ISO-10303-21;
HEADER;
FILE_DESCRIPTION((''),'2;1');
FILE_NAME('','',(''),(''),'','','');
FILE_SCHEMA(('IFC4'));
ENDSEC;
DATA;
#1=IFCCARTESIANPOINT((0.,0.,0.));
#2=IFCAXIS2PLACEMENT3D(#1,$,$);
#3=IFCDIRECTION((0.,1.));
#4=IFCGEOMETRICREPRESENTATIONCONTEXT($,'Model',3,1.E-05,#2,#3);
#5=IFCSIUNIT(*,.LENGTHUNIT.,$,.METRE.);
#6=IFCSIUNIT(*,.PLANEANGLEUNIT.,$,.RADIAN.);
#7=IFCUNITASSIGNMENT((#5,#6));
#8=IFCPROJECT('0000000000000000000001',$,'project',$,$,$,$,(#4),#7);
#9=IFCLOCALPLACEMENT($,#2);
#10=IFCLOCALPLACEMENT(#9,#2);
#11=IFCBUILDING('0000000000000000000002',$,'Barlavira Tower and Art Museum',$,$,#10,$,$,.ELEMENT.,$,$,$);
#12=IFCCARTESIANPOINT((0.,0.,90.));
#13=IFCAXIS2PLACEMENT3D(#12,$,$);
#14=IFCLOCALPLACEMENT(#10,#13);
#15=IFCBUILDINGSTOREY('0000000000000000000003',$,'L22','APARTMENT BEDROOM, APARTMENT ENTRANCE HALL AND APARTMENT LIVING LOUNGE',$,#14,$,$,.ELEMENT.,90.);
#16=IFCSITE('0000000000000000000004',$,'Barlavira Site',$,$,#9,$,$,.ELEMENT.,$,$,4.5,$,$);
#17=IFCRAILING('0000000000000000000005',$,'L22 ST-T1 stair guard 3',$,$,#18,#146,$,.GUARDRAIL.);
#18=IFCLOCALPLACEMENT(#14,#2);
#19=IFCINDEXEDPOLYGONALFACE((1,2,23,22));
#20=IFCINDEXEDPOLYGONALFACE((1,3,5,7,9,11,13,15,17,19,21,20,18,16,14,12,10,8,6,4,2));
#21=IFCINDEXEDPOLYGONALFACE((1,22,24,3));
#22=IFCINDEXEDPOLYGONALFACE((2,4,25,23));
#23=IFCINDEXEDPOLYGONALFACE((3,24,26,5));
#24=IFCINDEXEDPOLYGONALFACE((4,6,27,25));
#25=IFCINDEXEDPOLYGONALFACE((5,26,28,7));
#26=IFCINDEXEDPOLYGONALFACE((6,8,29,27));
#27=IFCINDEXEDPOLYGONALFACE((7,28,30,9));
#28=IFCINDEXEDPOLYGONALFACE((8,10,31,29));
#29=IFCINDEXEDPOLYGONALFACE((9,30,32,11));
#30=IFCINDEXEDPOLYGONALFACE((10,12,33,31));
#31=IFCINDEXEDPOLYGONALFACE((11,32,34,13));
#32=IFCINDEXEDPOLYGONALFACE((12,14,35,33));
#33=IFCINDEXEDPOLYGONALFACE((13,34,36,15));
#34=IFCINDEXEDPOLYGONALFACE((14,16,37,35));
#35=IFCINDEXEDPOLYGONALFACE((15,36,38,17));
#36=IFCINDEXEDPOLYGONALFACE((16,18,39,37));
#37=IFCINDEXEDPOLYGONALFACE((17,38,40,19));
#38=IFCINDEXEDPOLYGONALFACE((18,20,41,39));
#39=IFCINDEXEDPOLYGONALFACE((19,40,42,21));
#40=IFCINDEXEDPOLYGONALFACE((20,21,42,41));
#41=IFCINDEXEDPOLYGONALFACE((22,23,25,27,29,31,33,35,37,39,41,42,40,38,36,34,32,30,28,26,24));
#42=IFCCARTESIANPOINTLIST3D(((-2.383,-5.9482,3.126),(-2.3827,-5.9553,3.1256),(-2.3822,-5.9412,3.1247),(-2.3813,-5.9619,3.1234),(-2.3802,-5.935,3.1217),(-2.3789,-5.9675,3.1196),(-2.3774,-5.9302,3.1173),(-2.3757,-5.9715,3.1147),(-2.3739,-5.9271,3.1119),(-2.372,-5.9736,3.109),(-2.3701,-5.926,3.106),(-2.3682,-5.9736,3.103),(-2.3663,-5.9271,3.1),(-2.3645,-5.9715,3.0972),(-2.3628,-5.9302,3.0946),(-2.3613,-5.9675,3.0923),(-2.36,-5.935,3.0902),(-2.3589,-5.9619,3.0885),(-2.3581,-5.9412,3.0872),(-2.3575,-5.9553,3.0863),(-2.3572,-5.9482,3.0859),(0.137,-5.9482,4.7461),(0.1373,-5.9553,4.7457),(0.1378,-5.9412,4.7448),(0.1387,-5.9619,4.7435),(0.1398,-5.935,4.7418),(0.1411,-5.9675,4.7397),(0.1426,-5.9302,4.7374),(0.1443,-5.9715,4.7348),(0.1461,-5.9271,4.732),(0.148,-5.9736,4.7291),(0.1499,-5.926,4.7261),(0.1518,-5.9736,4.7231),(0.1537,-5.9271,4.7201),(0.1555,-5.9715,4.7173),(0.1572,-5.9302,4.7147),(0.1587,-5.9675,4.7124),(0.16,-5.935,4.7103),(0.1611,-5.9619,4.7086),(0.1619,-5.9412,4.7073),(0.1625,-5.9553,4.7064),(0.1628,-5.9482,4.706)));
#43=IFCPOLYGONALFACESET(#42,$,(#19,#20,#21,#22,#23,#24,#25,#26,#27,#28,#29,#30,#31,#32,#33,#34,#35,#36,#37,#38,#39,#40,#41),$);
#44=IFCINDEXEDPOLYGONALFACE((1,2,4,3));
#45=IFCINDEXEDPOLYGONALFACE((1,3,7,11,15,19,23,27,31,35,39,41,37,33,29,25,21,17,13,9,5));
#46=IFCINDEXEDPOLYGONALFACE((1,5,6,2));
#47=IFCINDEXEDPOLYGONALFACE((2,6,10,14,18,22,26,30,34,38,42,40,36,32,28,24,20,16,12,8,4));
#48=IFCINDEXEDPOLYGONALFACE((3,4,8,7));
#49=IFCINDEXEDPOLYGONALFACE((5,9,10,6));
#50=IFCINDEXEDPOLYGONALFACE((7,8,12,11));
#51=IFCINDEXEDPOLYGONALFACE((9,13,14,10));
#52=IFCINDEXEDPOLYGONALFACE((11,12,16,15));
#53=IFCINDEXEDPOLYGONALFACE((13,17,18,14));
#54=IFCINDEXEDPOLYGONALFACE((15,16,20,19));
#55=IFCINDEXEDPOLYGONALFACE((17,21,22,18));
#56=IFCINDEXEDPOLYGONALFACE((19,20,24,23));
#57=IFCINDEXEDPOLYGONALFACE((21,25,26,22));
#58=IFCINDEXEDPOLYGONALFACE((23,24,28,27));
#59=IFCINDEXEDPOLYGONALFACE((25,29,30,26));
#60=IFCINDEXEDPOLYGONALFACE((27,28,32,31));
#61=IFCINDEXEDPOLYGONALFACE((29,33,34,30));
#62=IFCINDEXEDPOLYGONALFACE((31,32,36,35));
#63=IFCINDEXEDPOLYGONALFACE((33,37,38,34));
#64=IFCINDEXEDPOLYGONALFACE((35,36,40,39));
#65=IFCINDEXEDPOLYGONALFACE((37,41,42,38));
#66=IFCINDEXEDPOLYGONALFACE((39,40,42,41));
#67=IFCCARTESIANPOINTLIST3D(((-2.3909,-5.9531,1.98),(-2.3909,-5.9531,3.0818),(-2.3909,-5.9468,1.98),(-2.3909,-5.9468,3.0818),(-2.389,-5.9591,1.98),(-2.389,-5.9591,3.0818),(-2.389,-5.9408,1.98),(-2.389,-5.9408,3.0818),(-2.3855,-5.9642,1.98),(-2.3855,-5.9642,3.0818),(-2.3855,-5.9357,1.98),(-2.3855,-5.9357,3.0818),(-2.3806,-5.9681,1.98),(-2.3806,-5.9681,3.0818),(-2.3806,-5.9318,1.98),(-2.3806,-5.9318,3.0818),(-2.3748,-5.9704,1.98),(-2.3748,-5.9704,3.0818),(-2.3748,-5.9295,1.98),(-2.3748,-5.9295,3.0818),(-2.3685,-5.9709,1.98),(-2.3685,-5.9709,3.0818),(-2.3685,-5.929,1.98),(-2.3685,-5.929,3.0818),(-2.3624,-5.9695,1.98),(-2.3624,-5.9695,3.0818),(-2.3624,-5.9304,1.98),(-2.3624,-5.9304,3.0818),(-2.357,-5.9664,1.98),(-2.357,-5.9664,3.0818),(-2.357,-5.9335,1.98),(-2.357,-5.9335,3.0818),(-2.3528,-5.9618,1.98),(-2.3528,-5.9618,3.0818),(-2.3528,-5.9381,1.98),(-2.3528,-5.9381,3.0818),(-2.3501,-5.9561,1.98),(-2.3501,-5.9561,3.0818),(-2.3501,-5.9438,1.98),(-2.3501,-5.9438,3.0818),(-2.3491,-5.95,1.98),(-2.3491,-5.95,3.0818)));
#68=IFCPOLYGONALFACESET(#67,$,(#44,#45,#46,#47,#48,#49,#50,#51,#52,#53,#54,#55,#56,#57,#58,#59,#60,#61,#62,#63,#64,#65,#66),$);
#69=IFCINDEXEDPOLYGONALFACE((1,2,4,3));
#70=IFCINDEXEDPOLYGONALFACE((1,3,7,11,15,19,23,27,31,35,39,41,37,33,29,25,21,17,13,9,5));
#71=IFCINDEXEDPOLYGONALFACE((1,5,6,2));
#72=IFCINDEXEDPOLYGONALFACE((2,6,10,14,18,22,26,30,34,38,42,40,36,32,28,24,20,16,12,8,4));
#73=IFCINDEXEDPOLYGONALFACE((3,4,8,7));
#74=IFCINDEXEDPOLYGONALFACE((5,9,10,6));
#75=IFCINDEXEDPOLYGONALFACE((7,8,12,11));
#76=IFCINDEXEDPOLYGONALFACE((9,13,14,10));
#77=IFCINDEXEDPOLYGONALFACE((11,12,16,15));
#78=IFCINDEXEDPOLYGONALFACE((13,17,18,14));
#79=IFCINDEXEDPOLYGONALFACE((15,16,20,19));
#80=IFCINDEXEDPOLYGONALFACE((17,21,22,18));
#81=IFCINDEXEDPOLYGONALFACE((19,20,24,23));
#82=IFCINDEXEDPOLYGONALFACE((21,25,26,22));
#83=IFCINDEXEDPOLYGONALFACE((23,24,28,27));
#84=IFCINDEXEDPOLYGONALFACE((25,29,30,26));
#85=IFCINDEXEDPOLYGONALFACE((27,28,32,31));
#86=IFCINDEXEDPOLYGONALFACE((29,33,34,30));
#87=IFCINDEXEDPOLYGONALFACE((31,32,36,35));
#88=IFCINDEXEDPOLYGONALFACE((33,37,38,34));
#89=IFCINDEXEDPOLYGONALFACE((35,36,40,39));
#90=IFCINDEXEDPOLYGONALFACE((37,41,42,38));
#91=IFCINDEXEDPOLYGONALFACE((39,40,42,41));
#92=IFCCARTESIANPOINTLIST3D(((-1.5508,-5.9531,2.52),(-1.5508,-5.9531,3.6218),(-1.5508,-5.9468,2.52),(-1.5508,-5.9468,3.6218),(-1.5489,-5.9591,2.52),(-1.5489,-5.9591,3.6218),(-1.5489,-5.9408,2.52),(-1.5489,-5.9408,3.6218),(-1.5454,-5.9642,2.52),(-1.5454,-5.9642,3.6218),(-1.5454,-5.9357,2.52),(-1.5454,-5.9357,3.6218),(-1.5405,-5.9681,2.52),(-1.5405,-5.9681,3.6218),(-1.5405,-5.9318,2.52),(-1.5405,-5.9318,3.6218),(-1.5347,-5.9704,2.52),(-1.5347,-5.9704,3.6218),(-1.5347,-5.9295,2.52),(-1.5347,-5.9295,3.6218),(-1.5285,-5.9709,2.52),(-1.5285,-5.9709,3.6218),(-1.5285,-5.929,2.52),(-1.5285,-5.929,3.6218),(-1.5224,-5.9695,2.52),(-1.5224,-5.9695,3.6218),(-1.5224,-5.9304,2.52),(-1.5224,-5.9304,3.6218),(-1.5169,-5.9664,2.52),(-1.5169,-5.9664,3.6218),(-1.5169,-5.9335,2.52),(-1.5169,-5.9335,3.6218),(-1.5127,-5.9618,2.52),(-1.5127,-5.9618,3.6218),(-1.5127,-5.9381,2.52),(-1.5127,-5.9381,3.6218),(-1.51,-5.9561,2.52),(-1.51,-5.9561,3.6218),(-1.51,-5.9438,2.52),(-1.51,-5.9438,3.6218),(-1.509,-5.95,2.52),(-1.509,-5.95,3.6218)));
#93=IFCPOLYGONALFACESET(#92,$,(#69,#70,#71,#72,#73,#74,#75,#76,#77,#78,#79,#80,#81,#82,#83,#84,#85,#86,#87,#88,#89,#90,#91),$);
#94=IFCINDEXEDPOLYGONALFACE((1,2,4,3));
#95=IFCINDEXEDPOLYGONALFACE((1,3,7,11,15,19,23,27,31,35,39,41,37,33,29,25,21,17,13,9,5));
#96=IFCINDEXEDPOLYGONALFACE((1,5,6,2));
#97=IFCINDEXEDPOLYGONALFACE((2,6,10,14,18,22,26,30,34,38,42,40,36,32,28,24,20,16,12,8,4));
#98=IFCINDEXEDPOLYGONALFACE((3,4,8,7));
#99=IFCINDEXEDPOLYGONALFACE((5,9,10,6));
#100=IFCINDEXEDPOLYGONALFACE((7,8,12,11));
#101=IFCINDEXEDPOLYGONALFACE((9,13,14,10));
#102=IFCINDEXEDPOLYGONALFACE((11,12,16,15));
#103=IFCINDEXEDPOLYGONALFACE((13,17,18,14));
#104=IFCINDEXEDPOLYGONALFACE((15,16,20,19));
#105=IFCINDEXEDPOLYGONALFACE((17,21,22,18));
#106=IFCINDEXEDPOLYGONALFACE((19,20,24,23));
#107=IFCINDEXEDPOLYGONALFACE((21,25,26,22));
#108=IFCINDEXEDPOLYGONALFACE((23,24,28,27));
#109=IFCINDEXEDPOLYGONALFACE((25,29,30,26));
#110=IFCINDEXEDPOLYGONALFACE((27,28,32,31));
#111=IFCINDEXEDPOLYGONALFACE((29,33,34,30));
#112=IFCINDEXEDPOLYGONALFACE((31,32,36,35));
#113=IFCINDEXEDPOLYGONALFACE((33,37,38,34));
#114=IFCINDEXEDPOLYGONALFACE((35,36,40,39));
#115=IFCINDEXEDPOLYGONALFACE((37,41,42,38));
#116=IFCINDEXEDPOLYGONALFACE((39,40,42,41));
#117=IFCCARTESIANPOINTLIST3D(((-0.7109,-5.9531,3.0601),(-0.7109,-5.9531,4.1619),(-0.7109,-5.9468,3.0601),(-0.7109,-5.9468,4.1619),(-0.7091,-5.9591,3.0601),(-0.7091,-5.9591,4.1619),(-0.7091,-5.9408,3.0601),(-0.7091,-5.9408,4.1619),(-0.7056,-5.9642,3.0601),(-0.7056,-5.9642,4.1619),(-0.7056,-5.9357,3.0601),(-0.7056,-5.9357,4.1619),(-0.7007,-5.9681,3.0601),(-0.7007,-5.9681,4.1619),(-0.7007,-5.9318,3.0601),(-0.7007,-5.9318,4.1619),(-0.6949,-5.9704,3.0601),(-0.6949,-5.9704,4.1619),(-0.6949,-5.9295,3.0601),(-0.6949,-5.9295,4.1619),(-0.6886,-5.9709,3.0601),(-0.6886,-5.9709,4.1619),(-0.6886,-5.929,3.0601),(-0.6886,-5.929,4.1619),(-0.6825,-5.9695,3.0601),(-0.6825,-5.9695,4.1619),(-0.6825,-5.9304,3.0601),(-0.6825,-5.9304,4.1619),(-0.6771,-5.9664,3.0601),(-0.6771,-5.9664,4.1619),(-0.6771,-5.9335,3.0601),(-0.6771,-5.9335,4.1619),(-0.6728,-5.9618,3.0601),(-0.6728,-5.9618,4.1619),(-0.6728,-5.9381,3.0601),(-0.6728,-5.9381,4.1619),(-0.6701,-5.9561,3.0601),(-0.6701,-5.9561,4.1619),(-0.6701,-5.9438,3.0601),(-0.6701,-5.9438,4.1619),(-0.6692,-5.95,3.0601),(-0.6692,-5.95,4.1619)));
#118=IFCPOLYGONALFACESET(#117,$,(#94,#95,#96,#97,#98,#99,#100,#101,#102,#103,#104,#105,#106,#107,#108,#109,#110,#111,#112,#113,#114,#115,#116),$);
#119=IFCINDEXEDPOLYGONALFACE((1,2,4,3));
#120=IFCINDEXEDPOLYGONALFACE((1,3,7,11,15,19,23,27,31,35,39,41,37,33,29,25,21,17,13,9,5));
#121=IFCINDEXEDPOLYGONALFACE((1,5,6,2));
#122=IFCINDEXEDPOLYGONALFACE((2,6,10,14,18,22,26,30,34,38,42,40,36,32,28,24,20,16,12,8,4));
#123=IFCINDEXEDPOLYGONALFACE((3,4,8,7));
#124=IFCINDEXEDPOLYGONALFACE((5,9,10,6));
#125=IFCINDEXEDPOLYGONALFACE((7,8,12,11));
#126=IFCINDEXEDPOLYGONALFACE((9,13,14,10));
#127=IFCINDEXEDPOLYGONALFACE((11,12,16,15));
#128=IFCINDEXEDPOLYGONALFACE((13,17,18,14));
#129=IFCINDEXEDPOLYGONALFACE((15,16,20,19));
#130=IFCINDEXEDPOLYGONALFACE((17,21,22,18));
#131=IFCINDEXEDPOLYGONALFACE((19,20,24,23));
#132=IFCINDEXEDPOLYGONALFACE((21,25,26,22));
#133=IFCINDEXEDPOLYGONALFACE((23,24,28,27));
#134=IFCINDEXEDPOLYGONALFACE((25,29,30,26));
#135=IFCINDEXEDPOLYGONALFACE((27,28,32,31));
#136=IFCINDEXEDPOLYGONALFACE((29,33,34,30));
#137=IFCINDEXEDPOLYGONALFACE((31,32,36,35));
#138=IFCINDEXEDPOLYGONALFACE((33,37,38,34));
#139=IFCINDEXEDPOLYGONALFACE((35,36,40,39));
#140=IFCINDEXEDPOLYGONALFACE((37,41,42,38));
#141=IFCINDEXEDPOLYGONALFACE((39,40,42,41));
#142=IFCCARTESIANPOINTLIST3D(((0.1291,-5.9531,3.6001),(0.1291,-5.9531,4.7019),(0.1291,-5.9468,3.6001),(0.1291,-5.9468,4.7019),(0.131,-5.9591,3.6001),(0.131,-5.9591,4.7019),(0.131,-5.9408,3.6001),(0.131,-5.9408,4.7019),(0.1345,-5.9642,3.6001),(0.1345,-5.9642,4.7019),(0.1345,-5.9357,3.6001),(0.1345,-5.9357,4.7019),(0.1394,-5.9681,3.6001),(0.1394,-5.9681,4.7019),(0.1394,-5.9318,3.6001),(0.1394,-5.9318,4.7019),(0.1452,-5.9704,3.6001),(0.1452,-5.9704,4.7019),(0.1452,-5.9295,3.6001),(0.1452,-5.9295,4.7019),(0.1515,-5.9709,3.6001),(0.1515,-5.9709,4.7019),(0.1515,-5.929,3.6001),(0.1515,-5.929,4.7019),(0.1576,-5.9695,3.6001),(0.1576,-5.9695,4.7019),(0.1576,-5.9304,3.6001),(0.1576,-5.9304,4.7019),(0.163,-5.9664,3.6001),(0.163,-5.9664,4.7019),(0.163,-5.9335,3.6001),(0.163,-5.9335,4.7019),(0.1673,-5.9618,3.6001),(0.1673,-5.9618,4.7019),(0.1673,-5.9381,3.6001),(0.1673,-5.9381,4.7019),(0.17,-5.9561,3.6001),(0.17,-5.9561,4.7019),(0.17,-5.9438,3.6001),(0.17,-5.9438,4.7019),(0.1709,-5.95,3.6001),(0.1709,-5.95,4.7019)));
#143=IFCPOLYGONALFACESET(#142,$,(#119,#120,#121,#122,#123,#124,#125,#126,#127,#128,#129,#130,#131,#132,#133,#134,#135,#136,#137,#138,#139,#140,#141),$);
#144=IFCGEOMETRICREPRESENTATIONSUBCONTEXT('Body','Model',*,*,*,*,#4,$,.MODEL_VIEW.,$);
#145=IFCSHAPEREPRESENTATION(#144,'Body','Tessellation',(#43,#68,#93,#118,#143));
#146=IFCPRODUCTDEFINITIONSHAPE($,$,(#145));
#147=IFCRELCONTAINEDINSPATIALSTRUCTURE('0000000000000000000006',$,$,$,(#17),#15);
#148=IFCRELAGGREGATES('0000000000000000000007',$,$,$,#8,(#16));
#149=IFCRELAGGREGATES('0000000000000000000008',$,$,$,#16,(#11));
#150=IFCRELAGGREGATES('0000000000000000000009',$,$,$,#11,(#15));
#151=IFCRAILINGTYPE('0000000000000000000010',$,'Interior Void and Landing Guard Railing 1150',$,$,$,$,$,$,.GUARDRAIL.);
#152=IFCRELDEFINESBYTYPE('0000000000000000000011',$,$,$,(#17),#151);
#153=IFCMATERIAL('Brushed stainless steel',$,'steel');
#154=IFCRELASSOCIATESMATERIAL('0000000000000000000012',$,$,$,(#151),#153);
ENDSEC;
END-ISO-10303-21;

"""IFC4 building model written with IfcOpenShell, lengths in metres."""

from ifc_helpers import new_model, si_unit, direction, frame, origin, origin_2d, place, context, subcontext, project, spatial, circle, extrude, material, type_object, element, save


model = new_model("IFC4")

# Units and contexts
model_context = context("Model", 3, precision=1e-05, world=origin(), true_north=direction((0.0, 1.0)))
body_context = subcontext(model_context, "Body", "Model", "MODEL_VIEW")
ifc_project = project(units=[si_unit("LENGTHUNIT", "METRE"), si_unit("PLANEANGLEUNIT", "RADIAN")], contexts=[model_context])

# Site, building, storey
site_placement = place(None, origin())
site = spatial("IfcSite", under=ifc_project, at=site_placement, Name="Barlavira Site", CompositionType="ELEMENT", RefElevation=4.5)
building_placement = place(site_placement, origin())
building = spatial("IfcBuilding", under=site, at=building_placement, Name="Barlavira Tower and Art Museum", CompositionType="ELEMENT")
storey_placement = place(building_placement, frame((0.0, 0.0, 90.0)))
storey = spatial("IfcBuildingStorey", under=building, at=storey_placement, Name="L22", Description="APARTMENT BEDROOM, APARTMENT ENTRANCE HALL AND APARTMENT LIVING LOUNGE", CompositionType="ELEMENT", Elevation=90.0)

# Shared definitions
ifc_material_1 = material(Name="Brushed stainless steel", Category="steel")

# Railing
railing_type_1 = type_object("IfcRailingType", Name="Interior Void and Landing Guard Railing 1150", PredefinedType="GUARDRAIL", material=ifc_material_1)
railing_1_placement = place(storey_placement, frame((-2.3701, -5.95, 1.98)))
element("IfcRailing", 1, at=railing_1_placement, inside=storey, type_object=railing_type_1, Name="L22 ST-T1 stair guard 3", PredefinedType="GUARDRAIL", context=body_context, shape_type="SweptSolid", body=[
    extrude(circle(Radius=0.0239, at=origin_2d()), frame((0.0, 0.0, 1.126), z_axis=(0.841163, 0.0, 0.540782), x_axis=(0.0, 1.0, 0.0)), (0.0, 0.0, 1.0), 2.9958),
    extrude(circle(Radius=0.021, at=origin_2d()), origin(), (0.0, 0.0, 1.0), 1.1018),
    extrude(circle(Radius=0.021, at=origin_2d()), frame((0.8401, 0.0, 0.54)), (0.0, 0.0, 1.0), 1.1018),
    extrude(circle(Radius=0.021, at=origin_2d()), frame((1.6799, 0.0, 1.0801)), (0.0, 0.0, 1.0), 1.1018),
    extrude(circle(Radius=0.021, at=origin_2d()), frame((2.52, 0.0, 1.6201)), (0.0, 0.0, 1.0), 1.1018),
])

save(model, "model.ifc")
